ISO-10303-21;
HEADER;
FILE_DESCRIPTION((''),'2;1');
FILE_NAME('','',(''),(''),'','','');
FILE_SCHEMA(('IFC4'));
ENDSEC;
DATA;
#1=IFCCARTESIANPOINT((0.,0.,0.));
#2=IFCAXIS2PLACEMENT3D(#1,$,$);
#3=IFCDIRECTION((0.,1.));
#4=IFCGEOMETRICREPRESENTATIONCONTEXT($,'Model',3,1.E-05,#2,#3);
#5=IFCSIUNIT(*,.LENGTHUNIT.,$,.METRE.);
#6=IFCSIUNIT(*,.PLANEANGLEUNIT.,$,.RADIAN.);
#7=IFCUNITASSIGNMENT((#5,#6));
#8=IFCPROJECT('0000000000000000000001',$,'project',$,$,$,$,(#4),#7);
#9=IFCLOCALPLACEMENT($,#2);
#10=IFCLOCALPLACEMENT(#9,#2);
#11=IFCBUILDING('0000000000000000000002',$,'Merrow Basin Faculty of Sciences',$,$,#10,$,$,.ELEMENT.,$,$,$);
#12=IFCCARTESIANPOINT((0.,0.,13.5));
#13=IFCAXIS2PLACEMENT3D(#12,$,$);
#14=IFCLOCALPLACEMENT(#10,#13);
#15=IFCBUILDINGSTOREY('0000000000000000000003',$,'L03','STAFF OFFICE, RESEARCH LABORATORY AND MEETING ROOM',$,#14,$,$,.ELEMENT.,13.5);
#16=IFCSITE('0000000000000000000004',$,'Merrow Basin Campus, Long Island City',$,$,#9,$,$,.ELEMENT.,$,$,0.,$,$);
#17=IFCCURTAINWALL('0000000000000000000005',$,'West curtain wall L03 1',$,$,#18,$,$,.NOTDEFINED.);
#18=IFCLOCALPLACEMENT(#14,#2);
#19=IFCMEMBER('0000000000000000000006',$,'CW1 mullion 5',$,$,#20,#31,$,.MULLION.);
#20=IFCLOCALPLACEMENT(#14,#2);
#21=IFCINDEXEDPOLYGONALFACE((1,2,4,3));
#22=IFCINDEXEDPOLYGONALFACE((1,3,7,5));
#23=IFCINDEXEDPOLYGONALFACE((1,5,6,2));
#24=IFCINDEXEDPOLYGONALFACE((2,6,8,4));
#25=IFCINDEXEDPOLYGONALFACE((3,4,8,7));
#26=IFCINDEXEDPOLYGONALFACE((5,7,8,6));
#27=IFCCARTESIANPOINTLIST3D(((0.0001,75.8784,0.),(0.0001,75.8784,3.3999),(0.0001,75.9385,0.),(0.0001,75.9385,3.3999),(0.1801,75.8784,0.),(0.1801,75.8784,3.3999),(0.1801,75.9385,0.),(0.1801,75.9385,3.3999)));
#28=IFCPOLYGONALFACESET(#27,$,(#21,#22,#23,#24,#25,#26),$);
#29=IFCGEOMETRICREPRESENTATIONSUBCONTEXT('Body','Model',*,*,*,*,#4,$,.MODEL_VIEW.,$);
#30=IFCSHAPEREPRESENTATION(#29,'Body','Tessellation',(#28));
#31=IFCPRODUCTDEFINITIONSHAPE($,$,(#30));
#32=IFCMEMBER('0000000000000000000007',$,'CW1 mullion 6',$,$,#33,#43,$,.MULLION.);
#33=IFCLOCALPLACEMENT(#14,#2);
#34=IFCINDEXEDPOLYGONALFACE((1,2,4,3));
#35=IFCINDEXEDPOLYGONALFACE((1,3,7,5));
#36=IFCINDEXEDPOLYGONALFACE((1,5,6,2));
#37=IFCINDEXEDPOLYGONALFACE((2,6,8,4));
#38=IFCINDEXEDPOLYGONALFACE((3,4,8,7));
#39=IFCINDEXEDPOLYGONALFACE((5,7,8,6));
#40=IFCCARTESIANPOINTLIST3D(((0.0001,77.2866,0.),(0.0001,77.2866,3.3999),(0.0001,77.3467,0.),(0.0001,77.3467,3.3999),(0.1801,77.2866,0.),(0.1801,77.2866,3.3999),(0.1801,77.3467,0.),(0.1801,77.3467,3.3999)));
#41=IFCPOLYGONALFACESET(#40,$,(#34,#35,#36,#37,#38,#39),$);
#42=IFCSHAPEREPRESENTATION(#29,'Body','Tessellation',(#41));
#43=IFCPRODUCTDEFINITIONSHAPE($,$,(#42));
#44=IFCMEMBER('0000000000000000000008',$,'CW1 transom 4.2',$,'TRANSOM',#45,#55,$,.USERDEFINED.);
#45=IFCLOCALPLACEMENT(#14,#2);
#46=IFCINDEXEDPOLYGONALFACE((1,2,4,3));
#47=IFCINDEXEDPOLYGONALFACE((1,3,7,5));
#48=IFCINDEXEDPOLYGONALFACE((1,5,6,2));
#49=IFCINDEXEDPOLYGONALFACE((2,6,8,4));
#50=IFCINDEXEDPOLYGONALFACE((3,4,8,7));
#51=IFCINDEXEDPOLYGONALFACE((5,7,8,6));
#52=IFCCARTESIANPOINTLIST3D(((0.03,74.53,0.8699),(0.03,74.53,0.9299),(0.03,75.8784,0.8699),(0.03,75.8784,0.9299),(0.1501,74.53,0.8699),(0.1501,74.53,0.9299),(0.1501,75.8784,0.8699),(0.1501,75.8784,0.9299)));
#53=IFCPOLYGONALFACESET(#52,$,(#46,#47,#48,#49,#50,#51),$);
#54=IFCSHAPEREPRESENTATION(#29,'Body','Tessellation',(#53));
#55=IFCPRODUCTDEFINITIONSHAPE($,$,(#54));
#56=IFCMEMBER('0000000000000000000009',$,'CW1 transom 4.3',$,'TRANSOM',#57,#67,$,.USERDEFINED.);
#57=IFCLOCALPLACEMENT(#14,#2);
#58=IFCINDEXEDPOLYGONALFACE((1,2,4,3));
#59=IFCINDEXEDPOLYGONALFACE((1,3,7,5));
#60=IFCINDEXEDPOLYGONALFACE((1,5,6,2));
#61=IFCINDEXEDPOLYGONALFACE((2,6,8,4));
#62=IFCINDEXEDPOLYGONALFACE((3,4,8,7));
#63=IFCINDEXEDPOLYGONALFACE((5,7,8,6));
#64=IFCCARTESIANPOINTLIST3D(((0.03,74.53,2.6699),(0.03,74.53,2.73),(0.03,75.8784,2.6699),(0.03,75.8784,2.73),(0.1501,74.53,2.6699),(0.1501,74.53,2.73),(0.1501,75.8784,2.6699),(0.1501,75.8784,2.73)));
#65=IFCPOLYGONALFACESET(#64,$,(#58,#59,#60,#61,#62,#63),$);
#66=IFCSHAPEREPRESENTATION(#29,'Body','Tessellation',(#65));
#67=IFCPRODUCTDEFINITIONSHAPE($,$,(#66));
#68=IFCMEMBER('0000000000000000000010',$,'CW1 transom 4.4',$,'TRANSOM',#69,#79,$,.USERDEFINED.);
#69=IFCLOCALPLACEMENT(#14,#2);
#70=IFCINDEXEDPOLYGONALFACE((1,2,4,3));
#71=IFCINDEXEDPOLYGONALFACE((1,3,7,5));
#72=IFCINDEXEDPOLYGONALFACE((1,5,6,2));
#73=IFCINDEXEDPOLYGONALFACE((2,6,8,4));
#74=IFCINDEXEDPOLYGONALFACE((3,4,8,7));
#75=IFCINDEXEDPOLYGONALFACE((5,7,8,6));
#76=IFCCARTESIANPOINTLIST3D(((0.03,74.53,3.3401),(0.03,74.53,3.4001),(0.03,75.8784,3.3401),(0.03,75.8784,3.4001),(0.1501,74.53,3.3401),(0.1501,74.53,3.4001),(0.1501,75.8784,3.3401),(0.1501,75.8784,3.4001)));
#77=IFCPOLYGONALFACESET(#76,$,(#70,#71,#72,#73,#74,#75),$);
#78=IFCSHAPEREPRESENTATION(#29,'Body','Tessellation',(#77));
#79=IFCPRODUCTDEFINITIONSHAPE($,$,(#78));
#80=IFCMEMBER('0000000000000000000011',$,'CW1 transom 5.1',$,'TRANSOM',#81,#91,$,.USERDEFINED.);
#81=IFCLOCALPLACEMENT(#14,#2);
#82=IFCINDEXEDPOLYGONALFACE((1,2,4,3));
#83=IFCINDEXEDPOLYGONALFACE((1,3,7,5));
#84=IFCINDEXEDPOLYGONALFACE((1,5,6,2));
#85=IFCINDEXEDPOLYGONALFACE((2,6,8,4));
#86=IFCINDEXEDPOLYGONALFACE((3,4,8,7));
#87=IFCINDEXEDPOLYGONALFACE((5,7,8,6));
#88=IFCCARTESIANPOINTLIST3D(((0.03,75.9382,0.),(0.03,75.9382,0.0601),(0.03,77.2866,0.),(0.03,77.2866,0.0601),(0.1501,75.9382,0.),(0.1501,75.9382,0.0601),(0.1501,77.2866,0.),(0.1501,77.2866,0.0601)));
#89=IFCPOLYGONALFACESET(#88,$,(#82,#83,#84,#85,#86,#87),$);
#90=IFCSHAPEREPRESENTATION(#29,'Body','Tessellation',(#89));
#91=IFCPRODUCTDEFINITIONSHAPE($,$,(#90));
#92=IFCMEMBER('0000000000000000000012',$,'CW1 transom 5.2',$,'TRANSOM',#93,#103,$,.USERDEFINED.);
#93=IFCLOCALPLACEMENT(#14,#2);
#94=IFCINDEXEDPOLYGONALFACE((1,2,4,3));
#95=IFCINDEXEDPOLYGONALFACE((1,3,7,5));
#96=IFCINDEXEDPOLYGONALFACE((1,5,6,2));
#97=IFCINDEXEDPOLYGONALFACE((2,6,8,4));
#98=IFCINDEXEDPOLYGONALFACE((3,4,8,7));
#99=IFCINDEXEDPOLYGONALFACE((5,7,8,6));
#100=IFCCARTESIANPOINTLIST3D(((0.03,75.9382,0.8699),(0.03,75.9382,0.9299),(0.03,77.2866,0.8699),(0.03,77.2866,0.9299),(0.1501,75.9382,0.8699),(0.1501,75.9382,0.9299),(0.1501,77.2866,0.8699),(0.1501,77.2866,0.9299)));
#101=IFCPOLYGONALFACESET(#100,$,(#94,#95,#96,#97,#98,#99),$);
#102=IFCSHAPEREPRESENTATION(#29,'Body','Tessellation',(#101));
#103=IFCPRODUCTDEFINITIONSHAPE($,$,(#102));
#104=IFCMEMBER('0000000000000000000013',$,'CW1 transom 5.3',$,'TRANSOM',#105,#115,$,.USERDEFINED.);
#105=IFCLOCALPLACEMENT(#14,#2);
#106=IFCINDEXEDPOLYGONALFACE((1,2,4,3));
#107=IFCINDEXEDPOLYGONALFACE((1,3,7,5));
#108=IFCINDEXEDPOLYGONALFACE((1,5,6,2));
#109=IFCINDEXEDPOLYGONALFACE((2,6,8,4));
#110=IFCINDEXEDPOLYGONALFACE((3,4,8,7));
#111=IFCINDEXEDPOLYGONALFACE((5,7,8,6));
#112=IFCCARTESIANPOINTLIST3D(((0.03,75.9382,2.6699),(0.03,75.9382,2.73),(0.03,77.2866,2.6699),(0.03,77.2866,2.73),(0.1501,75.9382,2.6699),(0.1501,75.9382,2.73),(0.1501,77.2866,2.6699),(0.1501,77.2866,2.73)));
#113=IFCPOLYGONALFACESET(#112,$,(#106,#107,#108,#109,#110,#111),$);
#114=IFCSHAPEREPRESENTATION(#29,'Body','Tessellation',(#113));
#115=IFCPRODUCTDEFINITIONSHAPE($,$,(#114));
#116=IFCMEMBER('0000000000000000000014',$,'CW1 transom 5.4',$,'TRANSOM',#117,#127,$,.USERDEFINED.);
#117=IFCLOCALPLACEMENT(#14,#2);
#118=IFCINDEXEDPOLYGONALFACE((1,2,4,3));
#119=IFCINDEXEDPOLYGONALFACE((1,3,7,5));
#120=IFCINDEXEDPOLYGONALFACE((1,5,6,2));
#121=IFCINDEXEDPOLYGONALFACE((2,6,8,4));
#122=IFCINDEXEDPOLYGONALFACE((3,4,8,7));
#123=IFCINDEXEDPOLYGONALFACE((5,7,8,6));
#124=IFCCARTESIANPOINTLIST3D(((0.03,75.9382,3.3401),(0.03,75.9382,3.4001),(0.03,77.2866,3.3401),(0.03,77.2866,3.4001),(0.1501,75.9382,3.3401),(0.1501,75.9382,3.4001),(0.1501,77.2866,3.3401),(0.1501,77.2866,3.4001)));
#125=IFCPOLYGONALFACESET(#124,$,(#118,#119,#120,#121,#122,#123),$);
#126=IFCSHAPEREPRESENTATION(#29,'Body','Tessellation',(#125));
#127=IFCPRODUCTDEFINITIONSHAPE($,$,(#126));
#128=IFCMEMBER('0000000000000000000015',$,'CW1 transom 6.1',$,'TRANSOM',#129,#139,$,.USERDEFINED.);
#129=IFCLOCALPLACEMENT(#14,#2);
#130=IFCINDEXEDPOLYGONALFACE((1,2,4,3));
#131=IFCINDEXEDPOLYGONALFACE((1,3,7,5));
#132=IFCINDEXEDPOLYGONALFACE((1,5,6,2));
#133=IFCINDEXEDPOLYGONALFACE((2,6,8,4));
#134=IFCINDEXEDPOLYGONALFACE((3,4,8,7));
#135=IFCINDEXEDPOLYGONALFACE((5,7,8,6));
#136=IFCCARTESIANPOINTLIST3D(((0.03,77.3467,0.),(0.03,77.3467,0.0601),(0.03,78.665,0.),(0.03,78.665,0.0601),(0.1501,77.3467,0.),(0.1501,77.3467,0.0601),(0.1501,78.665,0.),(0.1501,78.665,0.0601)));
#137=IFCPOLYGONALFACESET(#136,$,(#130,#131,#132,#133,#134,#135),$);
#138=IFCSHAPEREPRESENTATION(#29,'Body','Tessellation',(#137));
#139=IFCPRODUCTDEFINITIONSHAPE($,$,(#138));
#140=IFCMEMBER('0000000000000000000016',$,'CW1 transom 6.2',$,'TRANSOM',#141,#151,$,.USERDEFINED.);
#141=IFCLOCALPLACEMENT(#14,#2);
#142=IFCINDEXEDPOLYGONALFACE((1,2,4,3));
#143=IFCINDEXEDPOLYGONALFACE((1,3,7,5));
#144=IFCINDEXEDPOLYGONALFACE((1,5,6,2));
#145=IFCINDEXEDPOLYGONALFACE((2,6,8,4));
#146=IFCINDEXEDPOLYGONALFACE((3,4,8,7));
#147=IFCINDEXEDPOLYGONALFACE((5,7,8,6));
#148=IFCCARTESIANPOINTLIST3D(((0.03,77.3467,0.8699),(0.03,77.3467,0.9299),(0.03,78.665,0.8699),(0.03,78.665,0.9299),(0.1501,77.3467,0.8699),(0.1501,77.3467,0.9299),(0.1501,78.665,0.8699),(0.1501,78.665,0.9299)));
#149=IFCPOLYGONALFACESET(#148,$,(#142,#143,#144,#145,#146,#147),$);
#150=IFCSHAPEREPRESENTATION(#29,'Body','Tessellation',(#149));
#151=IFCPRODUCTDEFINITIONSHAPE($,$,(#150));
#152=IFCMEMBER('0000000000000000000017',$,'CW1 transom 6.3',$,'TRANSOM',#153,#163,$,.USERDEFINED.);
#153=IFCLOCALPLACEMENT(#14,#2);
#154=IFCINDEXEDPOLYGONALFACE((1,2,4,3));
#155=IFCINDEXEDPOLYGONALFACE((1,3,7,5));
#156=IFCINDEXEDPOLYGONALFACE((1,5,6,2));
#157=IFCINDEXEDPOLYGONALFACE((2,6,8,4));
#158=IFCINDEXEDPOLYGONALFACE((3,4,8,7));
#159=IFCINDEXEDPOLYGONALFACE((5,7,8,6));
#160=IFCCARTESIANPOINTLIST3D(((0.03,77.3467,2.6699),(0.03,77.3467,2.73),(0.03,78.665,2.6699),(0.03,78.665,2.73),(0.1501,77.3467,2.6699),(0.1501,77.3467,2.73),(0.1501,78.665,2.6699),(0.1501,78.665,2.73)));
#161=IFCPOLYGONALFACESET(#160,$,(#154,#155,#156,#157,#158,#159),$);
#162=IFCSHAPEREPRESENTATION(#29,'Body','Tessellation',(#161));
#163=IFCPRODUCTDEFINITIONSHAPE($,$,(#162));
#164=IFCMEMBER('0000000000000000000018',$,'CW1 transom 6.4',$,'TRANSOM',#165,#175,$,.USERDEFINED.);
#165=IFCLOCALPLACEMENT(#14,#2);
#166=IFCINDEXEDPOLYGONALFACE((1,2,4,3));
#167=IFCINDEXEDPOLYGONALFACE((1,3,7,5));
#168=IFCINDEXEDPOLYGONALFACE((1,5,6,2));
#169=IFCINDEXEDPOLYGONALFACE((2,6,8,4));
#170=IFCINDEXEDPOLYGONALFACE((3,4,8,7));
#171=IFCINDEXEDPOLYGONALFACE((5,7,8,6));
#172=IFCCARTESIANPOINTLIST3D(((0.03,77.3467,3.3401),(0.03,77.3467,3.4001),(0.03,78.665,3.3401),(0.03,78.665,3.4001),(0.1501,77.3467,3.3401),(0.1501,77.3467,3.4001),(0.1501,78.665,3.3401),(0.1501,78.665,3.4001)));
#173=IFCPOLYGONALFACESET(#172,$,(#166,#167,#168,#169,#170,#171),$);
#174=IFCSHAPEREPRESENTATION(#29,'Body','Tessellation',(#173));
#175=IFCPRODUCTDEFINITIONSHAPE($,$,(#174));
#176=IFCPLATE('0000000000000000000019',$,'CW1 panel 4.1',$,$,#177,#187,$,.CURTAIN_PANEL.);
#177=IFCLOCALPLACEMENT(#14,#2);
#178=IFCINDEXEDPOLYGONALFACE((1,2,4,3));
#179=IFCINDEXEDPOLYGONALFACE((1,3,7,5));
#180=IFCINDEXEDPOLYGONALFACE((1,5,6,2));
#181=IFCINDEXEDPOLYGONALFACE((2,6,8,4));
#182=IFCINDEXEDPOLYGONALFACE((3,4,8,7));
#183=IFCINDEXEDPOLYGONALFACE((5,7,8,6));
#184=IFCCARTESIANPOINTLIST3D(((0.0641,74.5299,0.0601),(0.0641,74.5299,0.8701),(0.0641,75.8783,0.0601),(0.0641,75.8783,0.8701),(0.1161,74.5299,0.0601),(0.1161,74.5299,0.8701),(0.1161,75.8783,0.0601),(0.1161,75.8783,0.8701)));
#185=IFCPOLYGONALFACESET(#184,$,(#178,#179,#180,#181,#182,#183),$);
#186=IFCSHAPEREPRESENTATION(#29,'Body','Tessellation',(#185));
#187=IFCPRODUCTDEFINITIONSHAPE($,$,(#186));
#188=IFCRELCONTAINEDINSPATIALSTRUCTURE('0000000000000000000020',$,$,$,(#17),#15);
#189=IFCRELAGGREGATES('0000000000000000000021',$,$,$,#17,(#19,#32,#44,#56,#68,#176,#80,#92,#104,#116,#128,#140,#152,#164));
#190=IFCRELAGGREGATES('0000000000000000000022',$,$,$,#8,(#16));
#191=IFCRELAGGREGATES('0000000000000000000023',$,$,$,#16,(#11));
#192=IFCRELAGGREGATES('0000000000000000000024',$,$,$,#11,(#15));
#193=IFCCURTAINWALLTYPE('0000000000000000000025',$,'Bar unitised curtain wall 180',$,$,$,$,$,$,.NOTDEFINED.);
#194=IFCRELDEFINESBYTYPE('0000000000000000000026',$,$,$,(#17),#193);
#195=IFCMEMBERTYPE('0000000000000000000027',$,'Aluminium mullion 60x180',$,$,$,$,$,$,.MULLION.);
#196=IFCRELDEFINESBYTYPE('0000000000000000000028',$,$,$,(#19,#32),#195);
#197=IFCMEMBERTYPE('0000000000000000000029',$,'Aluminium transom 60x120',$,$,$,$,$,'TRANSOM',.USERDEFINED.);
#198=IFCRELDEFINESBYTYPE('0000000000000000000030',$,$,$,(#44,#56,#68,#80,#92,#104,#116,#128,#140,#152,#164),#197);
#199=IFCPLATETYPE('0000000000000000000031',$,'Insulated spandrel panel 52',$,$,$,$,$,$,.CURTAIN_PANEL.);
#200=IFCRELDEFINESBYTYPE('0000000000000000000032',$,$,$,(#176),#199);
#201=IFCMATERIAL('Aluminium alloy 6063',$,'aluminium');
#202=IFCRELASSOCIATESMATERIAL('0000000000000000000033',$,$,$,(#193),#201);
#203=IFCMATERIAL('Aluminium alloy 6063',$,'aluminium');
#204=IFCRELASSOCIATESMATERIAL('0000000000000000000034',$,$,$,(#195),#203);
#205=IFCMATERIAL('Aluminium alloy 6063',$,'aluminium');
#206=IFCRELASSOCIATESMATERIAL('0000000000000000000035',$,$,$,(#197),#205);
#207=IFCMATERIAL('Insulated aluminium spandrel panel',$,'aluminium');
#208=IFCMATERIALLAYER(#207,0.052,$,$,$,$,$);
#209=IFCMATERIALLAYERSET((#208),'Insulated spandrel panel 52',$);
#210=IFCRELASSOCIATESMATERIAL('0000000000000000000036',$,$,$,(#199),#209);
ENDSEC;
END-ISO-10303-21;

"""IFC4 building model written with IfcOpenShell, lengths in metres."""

from ifc_helpers import new_model, si_unit, direction, frame, origin, origin_2d, place, context, subcontext, project, spatial, rectangle, extrude, material, layer, layer_set, material_profile, profile_set, type_object, element, aggregate, save


model = new_model("IFC4")

# Units and contexts
model_context = context("Model", 3, precision=1e-05, world=origin(), true_north=direction((0.0, 1.0)))
body_context = subcontext(model_context, "Body", "Model", "MODEL_VIEW")
ifc_project = project(units=[si_unit("LENGTHUNIT", "METRE"), si_unit("PLANEANGLEUNIT", "RADIAN")], contexts=[model_context])

# Site, building, storey
site_placement = place(None, origin())
site = spatial("IfcSite", under=ifc_project, at=site_placement, Name="Merrow Basin Campus, Long Island City", CompositionType="ELEMENT", RefElevation=0.0)
building_placement = place(site_placement, origin())
building = spatial("IfcBuilding", under=site, at=building_placement, Name="Merrow Basin Faculty of Sciences", CompositionType="ELEMENT")
storey_placement = place(building_placement, frame((0.0, 0.0, 13.5)))
storey = spatial("IfcBuildingStorey", under=building, at=storey_placement, Name="L03", Description="STAFF OFFICE, RESEARCH LABORATORY AND MEETING ROOM", CompositionType="ELEMENT", Elevation=13.5)

# Curtain wall, members, plate
ifc_material_1 = material(Name="Aluminium alloy 6063", Category="aluminium")
curtain_wall_type = type_object("IfcCurtainWallType", Name="Bar unitised curtain wall 180", PredefinedType="NOTDEFINED", material=ifc_material_1)
curtain_wall_placement = place(storey_placement, origin())
curtain_wall = element("IfcCurtainWall", 1, at=curtain_wall_placement, inside=storey, type_object=curtain_wall_type, Name="West curtain wall L03 1", PredefinedType="NOTDEFINED")
ifc_material_2 = material(Name="Aluminium alloy 6063", Category="aluminium")
ifc_material_profile_1 = material_profile(ifc_material_2, rectangle(XDim=0.1799, YDim=0.0601, at=origin_2d()))
ifc_profile_set_1 = profile_set([ifc_material_profile_1], Name="Aluminium alloy 6063")
member_type_1 = type_object("IfcMemberType", Name="Aluminium mullion 60x180", PredefinedType="MULLION", material=ifc_profile_set_1)
member_1_placement = place(storey_placement, frame((0.0901, 75.9084, 0.0), z_axis=(0.0, 0.0, 1.0), x_axis=(-1.0, 0.0, 0.0)))
member_1 = element("IfcMember", 2, at=member_1_placement, type_object=member_type_1, Name="CW1 mullion 5", PredefinedType="MULLION", context=body_context, shape_type="SweptSolid", body=[
    extrude(rectangle(XDim=0.1799, YDim=0.0601, at=origin_2d()), origin(), (0.0, 0.0, 1.0), 3.3999),
])
member_2_placement = place(storey_placement, frame((0.0901, 77.3167, 0.0), z_axis=(0.0, 0.0, 1.0), x_axis=(-1.0, 0.0, 0.0)))
member_2 = element("IfcMember", 3, at=member_2_placement, type_object=member_type_1, Name="CW1 mullion 6", PredefinedType="MULLION", context=body_context, shape_type="SweptSolid", body=[
    extrude(rectangle(XDim=0.1799, YDim=0.0601, at=origin_2d()), origin(), (0.0, 0.0, 1.0), 3.3999),
])
ifc_material_3 = material(Name="Aluminium alloy 6063", Category="aluminium")
ifc_material_profile_2 = material_profile(ifc_material_3, rectangle(XDim=0.1201, YDim=0.0601, at=origin_2d()))
ifc_profile_set_2 = profile_set([ifc_material_profile_2], Name="Aluminium alloy 6063")
member_type_2 = type_object("IfcMemberType", Name="Aluminium transom 60x120", ElementType="TRANSOM", PredefinedType="USERDEFINED", material=ifc_profile_set_2)
member_3_placement = place(storey_placement, frame((0.0901, 74.53, 0.8999), z_axis=(0.0, 1.0, 0.0), x_axis=(-1.0, 0.0, 0.0)))
member_3 = element("IfcMember", 4, at=member_3_placement, type_object=member_type_2, Name="CW1 transom 4.2", ObjectType="TRANSOM", PredefinedType="USERDEFINED", context=body_context, shape_type="SweptSolid", body=[
    extrude(rectangle(XDim=0.1201, YDim=0.0601, at=origin_2d()), origin(), (0.0, 0.0, 1.0), 1.3484),
])
member_4_placement = place(storey_placement, frame((0.0901, 74.53, 2.7), z_axis=(0.0, 1.0, 0.0), x_axis=(-1.0, 0.0, 0.0)))
member_4 = element("IfcMember", 5, at=member_4_placement, type_object=member_type_2, Name="CW1 transom 4.3", ObjectType="TRANSOM", PredefinedType="USERDEFINED", context=body_context, shape_type="SweptSolid", body=[
    extrude(rectangle(XDim=0.1201, YDim=0.0601, at=origin_2d()), origin(), (0.0, 0.0, 1.0), 1.3484),
])
member_5_placement = place(storey_placement, frame((0.0901, 74.53, 3.3701), z_axis=(0.0, 1.0, 0.0), x_axis=(-1.0, 0.0, 0.0)))
member_5 = element("IfcMember", 6, at=member_5_placement, type_object=member_type_2, Name="CW1 transom 4.4", ObjectType="TRANSOM", PredefinedType="USERDEFINED", context=body_context, shape_type="SweptSolid", body=[
    extrude(rectangle(XDim=0.1201, YDim=0.0601, at=origin_2d()), origin(), (0.0, 0.0, 1.0), 1.3484),
])
member_6_placement = place(storey_placement, frame((0.0901, 75.9382, 0.03), z_axis=(0.0, 1.0, 0.0), x_axis=(-1.0, 0.0, 0.0)))
member_6 = element("IfcMember", 7, at=member_6_placement, type_object=member_type_2, Name="CW1 transom 5.1", ObjectType="TRANSOM", PredefinedType="USERDEFINED", context=body_context, shape_type="SweptSolid", body=[
    extrude(rectangle(XDim=0.1201, YDim=0.0601, at=origin_2d()), origin(), (0.0, 0.0, 1.0), 1.3484),
])
member_7_placement = place(storey_placement, frame((0.0901, 75.9382, 0.8999), z_axis=(0.0, 1.0, 0.0), x_axis=(-1.0, 0.0, 0.0)))
member_7 = element("IfcMember", 8, at=member_7_placement, type_object=member_type_2, Name="CW1 transom 5.2", ObjectType="TRANSOM", PredefinedType="USERDEFINED", context=body_context, shape_type="SweptSolid", body=[
    extrude(rectangle(XDim=0.1201, YDim=0.0601, at=origin_2d()), origin(), (0.0, 0.0, 1.0), 1.3484),
])
member_8_placement = place(storey_placement, frame((0.0901, 75.9382, 2.7), z_axis=(0.0, 1.0, 0.0), x_axis=(-1.0, 0.0, 0.0)))
member_8 = element("IfcMember", 9, at=member_8_placement, type_object=member_type_2, Name="CW1 transom 5.3", ObjectType="TRANSOM", PredefinedType="USERDEFINED", context=body_context, shape_type="SweptSolid", body=[
    extrude(rectangle(XDim=0.1201, YDim=0.0601, at=origin_2d()), origin(), (0.0, 0.0, 1.0), 1.3484),
])
member_9_placement = place(storey_placement, frame((0.0901, 75.9382, 3.3701), z_axis=(0.0, 1.0, 0.0), x_axis=(-1.0, 0.0, 0.0)))
member_9 = element("IfcMember", 10, at=member_9_placement, type_object=member_type_2, Name="CW1 transom 5.4", ObjectType="TRANSOM", PredefinedType="USERDEFINED", context=body_context, shape_type="SweptSolid", body=[
    extrude(rectangle(XDim=0.1201, YDim=0.0601, at=origin_2d()), origin(), (0.0, 0.0, 1.0), 1.3484),
])
member_10_placement = place(storey_placement, frame((0.0901, 77.3467, 0.03), z_axis=(0.0, 1.0, 0.0), x_axis=(-1.0, 0.0, 0.0)))
member_10 = element("IfcMember", 11, at=member_10_placement, type_object=member_type_2, Name="CW1 transom 6.1", ObjectType="TRANSOM", PredefinedType="USERDEFINED", context=body_context, shape_type="SweptSolid", body=[
    extrude(rectangle(XDim=0.1201, YDim=0.0601, at=origin_2d()), origin(), (0.0, 0.0, 1.0), 1.3184),
])
member_11_placement = place(storey_placement, frame((0.0901, 77.3467, 0.8999), z_axis=(0.0, 1.0, 0.0), x_axis=(-1.0, 0.0, 0.0)))
member_11 = element("IfcMember", 12, at=member_11_placement, type_object=member_type_2, Name="CW1 transom 6.2", ObjectType="TRANSOM", PredefinedType="USERDEFINED", context=body_context, shape_type="SweptSolid", body=[
    extrude(rectangle(XDim=0.1201, YDim=0.0601, at=origin_2d()), origin(), (0.0, 0.0, 1.0), 1.3184),
])
member_12_placement = place(storey_placement, frame((0.0901, 77.3467, 2.7), z_axis=(0.0, 1.0, 0.0), x_axis=(-1.0, 0.0, 0.0)))
member_12 = element("IfcMember", 13, at=member_12_placement, type_object=member_type_2, Name="CW1 transom 6.3", ObjectType="TRANSOM", PredefinedType="USERDEFINED", context=body_context, shape_type="SweptSolid", body=[
    extrude(rectangle(XDim=0.1201, YDim=0.0601, at=origin_2d()), origin(), (0.0, 0.0, 1.0), 1.3184),
])
member_13_placement = place(storey_placement, frame((0.0901, 77.3467, 3.3701), z_axis=(0.0, 1.0, 0.0), x_axis=(-1.0, 0.0, 0.0)))
member_13 = element("IfcMember", 14, at=member_13_placement, type_object=member_type_2, Name="CW1 transom 6.4", ObjectType="TRANSOM", PredefinedType="USERDEFINED", context=body_context, shape_type="SweptSolid", body=[
    extrude(rectangle(XDim=0.1201, YDim=0.0601, at=origin_2d()), origin(), (0.0, 0.0, 1.0), 1.3184),
])
ifc_material_4 = material(Name="Insulated aluminium spandrel panel", Category="aluminium")
ifc_layer_1 = layer(ifc_material_4, 0.052)
ifc_layer_set_1 = layer_set([ifc_layer_1], Name="Insulated spandrel panel 52")
plate_type_1 = type_object("IfcPlateType", Name="Insulated spandrel panel 52", PredefinedType="CURTAIN_PANEL", material=ifc_layer_set_1)
plate_1_placement = place(storey_placement, frame((0.0901, 75.2041, 0.0601), z_axis=(0.0, 0.0, 1.0), x_axis=(0.0, 1.0, 0.0)))
plate_1 = element("IfcPlate", 15, at=plate_1_placement, type_object=plate_type_1, Name="CW1 panel 4.1", PredefinedType="CURTAIN_PANEL", context=body_context, shape_type="SweptSolid", body=[
    extrude(rectangle(XDim=1.3484, YDim=0.052, at=origin_2d()), origin(), (0.0, 0.0, 1.0), 0.8101),
])
aggregate(curtain_wall, [member_1, member_2, member_3, member_4, member_5, plate_1, member_6, member_7, member_8, member_9, member_10, member_11, member_12, member_13])

save(model, "model.ifc")
